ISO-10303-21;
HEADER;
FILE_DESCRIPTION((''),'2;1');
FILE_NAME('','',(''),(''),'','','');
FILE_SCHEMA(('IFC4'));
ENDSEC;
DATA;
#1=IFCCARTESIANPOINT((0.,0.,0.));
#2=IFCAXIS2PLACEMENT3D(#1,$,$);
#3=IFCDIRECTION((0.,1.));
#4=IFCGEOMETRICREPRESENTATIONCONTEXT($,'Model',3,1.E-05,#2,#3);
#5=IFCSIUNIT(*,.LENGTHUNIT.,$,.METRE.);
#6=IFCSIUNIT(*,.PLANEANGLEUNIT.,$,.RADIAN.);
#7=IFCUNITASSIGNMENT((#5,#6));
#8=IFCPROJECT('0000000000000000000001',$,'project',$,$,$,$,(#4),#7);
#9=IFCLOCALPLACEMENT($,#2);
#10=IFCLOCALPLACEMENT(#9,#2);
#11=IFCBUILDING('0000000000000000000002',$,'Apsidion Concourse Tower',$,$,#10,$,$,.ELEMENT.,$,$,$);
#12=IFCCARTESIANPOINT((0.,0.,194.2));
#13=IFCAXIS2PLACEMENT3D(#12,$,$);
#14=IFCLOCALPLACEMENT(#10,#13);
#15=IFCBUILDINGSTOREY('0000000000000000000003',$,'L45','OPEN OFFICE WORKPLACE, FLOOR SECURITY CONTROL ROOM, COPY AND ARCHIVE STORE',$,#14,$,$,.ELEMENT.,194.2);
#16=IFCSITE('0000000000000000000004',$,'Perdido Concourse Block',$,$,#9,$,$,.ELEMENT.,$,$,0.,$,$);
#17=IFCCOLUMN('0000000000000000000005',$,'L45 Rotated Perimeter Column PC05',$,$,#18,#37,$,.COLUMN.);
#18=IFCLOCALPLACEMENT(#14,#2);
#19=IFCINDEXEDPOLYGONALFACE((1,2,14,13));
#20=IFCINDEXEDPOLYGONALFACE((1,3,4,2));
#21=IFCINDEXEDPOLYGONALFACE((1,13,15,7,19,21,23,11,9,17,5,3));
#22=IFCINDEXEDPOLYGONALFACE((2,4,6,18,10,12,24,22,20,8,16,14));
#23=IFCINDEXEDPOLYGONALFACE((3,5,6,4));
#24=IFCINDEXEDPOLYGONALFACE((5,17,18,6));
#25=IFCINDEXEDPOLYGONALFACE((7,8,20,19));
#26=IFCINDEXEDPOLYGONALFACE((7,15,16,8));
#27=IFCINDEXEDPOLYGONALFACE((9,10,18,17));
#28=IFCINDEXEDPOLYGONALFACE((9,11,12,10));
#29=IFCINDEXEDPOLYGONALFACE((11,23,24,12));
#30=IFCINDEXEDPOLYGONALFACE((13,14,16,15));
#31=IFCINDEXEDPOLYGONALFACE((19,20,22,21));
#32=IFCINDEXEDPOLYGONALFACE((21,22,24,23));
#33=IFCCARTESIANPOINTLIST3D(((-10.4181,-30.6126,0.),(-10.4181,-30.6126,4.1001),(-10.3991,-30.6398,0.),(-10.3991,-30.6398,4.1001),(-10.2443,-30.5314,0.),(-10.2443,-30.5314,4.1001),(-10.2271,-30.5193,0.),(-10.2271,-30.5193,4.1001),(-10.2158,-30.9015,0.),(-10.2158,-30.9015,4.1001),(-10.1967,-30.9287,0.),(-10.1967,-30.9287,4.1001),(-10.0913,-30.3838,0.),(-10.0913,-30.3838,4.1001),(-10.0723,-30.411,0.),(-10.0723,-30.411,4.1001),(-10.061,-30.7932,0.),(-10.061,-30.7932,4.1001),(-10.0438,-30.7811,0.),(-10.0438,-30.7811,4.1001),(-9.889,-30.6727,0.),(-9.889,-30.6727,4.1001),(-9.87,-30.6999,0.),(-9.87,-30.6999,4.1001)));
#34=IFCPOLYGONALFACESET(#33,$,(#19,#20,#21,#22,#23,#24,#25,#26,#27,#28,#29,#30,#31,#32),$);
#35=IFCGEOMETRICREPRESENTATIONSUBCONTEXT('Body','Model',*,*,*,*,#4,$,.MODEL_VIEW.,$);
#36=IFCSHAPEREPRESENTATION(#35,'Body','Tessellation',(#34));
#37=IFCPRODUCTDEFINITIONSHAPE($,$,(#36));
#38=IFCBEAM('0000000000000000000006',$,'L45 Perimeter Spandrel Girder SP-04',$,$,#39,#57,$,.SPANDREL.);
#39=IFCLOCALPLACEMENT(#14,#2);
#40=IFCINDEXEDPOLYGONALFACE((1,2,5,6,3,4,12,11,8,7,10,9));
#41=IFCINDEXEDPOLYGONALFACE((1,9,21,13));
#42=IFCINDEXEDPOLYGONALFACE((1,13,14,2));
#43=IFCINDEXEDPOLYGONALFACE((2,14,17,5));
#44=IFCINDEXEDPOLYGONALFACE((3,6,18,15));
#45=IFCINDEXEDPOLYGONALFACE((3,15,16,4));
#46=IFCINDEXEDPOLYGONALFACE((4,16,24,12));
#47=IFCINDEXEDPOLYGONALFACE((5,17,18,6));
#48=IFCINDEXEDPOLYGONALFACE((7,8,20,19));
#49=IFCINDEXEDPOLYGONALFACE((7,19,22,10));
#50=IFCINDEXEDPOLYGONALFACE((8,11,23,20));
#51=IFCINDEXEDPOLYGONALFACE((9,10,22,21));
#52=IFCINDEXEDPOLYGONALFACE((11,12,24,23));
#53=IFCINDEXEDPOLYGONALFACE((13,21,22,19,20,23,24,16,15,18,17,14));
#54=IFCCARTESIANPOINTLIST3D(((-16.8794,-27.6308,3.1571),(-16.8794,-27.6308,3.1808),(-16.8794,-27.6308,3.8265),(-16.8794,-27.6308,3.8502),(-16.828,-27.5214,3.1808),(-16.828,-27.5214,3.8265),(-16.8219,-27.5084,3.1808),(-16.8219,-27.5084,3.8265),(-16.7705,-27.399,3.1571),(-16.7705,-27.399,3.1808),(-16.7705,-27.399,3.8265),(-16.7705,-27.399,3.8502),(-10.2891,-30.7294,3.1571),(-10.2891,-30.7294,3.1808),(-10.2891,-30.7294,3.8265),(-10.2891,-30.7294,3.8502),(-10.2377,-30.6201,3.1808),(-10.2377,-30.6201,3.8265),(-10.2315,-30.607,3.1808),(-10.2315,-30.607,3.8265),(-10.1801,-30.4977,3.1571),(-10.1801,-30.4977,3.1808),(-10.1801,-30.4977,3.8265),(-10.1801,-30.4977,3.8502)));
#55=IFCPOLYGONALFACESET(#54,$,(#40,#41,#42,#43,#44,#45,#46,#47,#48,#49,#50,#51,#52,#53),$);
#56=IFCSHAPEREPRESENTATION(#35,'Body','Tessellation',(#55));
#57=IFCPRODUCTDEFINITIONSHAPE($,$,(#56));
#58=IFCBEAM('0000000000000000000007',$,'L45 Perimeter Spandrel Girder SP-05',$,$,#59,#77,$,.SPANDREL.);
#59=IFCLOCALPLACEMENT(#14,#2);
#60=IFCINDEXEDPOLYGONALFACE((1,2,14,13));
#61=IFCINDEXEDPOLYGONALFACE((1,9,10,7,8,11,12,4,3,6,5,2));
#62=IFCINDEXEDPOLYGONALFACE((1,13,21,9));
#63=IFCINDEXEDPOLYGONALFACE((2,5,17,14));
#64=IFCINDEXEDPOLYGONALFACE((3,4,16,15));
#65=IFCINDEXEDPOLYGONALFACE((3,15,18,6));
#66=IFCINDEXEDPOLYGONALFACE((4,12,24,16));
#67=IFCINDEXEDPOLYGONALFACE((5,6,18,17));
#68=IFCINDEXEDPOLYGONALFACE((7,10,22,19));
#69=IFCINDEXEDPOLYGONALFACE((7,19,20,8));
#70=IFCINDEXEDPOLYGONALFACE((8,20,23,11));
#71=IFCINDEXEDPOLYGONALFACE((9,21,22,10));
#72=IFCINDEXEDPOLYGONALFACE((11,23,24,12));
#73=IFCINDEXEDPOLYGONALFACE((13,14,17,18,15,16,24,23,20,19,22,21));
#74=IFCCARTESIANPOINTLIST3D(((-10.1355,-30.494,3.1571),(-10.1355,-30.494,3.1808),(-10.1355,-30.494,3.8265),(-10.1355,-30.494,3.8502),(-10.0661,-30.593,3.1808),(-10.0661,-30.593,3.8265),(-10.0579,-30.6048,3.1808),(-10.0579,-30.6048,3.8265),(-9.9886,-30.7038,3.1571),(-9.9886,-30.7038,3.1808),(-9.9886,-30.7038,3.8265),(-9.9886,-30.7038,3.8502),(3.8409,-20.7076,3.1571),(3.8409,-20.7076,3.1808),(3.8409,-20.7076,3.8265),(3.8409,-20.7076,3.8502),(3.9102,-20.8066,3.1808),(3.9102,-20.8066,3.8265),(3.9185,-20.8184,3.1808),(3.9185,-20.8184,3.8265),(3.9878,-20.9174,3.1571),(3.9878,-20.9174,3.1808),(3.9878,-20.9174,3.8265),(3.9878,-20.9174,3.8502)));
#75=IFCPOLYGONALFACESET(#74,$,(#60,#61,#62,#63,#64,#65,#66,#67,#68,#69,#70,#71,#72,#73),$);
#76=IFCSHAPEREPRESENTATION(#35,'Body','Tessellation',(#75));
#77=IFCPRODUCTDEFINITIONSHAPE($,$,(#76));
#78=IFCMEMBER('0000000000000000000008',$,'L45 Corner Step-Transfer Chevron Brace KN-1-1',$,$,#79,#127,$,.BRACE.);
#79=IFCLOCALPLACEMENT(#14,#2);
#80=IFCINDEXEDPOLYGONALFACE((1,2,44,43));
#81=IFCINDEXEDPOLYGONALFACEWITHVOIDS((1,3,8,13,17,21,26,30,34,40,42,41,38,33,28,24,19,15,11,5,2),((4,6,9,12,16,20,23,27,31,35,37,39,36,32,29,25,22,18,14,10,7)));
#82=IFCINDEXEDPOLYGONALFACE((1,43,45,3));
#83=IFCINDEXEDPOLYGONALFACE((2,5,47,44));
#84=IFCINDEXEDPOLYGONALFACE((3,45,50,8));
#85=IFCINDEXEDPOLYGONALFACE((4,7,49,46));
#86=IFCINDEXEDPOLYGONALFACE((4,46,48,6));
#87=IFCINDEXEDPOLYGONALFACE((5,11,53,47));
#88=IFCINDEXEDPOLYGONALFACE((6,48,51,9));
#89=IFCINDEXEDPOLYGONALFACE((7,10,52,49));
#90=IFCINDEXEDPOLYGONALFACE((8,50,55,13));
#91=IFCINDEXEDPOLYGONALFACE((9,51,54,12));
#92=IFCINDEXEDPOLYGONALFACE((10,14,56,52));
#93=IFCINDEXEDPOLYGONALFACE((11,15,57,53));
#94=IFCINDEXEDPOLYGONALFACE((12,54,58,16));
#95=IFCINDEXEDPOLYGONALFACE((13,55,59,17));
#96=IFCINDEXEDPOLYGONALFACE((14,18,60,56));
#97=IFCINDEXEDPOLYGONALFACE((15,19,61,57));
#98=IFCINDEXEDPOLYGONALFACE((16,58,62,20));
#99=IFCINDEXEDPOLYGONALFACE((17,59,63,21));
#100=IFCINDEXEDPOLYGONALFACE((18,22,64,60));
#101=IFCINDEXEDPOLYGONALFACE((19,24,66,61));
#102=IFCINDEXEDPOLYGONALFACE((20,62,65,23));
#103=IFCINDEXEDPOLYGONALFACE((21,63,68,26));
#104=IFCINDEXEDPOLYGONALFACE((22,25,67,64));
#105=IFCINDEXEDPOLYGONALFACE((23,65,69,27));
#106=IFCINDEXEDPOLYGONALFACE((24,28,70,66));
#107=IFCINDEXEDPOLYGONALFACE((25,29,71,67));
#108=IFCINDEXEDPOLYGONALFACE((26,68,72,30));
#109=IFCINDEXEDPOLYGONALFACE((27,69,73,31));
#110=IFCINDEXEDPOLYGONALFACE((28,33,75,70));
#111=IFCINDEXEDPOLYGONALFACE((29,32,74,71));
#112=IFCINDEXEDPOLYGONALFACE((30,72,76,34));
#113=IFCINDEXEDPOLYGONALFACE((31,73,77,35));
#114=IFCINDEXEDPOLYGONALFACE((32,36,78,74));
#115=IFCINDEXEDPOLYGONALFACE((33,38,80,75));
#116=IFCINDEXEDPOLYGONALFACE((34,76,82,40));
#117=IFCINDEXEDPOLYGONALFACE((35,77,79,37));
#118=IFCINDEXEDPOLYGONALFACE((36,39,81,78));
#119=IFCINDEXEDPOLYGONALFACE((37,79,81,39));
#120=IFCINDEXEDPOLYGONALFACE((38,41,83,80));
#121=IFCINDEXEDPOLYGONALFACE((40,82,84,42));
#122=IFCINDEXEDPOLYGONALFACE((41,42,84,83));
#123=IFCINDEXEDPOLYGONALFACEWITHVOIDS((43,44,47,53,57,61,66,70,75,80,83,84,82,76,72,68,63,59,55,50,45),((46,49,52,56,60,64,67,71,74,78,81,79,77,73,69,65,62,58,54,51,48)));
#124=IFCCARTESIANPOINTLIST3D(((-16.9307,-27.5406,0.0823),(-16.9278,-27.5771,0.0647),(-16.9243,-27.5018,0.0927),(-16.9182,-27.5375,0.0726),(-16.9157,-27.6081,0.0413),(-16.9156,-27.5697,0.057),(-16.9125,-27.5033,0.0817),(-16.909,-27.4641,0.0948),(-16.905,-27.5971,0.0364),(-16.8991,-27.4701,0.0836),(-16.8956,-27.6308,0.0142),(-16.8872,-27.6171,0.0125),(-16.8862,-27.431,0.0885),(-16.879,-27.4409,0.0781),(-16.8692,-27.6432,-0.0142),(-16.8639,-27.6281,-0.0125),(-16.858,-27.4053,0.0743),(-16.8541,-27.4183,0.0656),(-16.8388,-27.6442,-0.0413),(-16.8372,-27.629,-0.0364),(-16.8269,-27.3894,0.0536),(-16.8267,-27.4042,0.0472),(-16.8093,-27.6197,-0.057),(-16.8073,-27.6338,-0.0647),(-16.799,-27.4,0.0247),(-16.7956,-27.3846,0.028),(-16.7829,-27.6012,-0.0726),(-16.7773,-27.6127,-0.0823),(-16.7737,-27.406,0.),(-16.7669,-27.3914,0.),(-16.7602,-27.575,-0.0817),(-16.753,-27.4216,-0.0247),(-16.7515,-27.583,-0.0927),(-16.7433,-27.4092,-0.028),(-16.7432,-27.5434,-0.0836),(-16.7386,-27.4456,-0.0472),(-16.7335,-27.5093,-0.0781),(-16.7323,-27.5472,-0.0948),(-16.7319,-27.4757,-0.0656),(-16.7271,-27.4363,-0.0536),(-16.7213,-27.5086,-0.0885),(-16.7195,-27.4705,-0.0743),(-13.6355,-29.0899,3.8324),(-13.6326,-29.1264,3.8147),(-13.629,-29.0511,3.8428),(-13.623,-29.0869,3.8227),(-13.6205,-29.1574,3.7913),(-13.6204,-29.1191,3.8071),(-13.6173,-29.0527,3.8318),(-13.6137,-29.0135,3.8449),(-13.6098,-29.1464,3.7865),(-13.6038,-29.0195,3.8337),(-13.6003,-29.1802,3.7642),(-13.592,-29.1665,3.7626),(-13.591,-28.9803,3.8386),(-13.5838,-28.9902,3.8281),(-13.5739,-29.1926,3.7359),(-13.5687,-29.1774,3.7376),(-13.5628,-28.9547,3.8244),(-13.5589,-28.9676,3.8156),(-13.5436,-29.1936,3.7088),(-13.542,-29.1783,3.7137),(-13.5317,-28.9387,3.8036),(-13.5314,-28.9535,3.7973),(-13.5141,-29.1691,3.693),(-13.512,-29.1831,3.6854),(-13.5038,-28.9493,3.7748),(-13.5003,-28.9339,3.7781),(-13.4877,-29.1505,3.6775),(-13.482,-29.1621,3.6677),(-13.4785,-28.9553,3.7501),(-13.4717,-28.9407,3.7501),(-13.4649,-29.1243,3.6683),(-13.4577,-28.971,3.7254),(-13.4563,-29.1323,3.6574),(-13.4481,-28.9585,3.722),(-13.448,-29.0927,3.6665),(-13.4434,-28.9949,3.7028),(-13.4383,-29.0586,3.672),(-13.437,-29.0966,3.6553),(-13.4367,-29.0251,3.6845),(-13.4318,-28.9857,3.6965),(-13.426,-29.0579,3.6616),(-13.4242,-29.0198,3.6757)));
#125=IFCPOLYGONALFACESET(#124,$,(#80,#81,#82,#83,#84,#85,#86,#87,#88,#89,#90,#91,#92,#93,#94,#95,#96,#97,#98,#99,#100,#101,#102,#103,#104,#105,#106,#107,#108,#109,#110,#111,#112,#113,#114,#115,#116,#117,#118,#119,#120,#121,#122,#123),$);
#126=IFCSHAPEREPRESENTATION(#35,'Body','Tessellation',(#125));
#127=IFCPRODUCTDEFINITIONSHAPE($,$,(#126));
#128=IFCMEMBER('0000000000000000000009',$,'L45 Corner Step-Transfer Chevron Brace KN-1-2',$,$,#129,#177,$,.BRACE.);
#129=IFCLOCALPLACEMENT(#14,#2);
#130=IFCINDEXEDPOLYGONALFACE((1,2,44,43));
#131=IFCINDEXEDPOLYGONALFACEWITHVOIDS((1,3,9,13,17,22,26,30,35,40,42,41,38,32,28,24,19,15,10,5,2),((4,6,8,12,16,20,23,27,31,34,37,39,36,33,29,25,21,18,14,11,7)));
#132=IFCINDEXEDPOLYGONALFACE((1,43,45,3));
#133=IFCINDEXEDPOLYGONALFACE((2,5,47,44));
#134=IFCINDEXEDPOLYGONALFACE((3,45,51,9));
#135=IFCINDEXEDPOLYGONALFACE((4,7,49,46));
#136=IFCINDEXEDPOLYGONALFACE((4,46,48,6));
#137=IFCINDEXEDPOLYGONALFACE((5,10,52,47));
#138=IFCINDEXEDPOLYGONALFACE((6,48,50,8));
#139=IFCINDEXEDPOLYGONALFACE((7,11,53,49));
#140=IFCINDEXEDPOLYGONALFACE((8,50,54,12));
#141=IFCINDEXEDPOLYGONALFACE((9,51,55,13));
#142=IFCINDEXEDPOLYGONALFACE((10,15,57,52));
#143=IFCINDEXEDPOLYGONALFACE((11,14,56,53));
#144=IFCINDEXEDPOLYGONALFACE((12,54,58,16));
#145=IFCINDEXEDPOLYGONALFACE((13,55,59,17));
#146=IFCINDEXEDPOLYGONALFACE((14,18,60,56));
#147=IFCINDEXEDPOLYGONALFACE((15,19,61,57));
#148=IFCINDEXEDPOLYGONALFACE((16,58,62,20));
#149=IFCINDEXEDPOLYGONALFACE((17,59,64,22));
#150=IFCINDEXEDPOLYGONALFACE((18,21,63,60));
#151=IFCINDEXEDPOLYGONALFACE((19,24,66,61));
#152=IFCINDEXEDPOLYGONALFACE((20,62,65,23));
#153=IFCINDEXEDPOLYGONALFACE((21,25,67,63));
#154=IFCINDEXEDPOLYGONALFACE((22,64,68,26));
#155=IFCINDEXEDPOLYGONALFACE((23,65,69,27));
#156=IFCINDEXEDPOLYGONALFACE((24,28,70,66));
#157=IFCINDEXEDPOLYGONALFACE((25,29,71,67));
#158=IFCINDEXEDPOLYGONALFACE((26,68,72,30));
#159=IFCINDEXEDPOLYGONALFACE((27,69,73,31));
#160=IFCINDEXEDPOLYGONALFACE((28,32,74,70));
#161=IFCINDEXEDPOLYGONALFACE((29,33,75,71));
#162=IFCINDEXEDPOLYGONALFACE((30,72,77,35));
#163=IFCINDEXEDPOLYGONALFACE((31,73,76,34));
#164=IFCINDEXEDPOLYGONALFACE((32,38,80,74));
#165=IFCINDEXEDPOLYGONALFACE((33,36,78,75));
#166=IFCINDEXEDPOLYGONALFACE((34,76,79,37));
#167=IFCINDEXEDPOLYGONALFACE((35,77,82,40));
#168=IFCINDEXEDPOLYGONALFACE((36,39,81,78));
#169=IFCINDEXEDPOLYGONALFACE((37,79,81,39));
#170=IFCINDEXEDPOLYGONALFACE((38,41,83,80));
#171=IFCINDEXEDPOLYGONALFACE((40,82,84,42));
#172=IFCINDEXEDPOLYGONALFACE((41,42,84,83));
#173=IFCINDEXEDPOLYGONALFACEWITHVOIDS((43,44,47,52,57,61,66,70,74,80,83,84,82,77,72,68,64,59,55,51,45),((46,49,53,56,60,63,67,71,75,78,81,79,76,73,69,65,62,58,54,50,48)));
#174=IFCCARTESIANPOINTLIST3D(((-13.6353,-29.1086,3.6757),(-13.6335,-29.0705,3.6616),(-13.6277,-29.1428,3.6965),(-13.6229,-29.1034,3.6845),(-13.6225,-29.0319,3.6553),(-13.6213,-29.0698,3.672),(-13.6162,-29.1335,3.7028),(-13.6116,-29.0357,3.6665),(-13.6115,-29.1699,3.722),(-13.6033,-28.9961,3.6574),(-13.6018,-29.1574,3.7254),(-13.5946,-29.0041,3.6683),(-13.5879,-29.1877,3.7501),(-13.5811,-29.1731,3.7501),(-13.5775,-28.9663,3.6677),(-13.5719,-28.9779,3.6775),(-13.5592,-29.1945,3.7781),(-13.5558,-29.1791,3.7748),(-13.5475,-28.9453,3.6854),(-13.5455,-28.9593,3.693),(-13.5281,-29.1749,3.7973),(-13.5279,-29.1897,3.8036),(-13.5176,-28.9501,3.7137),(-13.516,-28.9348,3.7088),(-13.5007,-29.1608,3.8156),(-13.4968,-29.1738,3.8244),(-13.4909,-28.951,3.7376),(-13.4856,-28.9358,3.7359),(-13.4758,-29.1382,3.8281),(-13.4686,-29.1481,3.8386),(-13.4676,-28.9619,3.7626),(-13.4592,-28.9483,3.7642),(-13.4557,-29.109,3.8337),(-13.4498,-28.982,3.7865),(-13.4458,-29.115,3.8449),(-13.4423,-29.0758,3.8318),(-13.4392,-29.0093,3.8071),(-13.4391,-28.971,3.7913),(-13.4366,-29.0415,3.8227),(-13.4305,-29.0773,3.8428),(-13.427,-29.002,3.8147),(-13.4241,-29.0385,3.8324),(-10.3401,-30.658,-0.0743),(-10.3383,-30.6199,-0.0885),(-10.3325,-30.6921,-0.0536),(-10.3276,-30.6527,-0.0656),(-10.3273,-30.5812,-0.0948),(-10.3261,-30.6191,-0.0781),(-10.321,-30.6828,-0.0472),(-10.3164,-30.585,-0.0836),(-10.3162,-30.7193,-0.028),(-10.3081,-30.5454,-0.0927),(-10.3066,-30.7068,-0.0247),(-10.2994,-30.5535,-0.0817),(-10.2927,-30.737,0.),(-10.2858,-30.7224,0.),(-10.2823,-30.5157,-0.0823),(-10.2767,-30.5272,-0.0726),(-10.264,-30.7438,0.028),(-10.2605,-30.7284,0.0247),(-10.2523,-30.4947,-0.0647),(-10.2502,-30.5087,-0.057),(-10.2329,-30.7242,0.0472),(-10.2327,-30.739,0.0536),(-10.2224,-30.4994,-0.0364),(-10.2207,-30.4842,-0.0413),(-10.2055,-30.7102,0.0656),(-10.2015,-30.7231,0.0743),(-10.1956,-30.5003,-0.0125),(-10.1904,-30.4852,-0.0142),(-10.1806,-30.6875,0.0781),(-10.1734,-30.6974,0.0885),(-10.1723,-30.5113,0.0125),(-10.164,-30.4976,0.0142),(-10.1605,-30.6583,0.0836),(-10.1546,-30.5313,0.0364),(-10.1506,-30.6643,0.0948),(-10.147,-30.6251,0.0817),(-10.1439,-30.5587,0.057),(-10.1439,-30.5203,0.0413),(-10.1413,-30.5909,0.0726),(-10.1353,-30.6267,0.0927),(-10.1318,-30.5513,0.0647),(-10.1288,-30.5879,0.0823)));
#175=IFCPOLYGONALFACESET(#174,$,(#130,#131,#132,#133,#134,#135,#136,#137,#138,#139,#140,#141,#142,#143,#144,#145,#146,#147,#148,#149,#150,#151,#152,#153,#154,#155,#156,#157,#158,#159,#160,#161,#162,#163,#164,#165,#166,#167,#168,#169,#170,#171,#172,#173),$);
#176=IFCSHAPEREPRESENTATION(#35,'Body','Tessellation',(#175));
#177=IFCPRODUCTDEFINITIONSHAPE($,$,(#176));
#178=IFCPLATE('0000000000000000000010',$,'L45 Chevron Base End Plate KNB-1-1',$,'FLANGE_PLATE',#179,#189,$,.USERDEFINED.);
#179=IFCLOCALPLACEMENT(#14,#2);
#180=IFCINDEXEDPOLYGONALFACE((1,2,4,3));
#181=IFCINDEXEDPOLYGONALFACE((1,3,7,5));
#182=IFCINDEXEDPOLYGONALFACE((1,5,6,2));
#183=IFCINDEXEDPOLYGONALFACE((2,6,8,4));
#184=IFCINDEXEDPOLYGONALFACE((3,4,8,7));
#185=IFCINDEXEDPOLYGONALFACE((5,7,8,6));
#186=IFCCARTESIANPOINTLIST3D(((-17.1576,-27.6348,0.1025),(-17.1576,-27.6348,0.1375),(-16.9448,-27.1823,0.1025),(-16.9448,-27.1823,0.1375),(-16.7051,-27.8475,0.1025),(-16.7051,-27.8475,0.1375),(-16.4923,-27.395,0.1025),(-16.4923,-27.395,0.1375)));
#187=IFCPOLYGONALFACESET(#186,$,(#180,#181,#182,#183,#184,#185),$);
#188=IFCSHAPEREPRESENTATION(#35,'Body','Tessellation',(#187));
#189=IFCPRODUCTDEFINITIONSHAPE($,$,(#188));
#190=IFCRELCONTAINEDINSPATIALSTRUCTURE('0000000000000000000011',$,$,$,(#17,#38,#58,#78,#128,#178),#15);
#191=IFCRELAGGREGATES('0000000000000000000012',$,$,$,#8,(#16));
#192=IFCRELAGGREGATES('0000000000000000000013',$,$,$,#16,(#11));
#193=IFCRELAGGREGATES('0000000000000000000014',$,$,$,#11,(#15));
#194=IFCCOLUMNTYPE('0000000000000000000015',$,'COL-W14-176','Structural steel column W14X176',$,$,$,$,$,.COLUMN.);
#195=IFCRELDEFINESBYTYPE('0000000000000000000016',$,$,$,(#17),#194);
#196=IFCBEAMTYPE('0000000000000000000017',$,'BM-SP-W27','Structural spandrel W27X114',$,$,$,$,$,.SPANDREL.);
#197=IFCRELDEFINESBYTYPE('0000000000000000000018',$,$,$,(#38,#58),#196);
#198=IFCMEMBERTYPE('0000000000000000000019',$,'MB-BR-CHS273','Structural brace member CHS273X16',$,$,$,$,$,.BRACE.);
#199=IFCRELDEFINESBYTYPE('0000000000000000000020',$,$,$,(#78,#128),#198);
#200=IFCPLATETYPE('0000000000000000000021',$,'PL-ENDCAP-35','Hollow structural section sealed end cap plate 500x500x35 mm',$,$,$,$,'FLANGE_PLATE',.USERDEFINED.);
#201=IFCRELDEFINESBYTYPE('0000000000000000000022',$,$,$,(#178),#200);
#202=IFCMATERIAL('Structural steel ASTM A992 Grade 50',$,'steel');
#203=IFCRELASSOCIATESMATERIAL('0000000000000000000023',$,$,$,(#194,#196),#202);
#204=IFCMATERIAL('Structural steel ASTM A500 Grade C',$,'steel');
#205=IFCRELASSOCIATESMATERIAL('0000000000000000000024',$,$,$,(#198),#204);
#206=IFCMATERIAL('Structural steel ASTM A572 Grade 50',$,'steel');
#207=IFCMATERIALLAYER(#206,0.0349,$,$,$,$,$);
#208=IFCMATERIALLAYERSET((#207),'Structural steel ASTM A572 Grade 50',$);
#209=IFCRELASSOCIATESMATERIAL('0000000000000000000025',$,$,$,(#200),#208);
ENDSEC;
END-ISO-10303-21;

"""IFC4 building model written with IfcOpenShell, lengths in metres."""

from ifc_helpers import new_model, si_unit, direction, frame, origin, origin_2d, place, context, subcontext, project, spatial, rectangle, hollow_circle, i_section, extrude, material, layer, layer_set, material_profile, profile_set, type_object, element, save


model = new_model("IFC4")

# Units and contexts
model_context = context("Model", 3, precision=1e-05, world=origin(), true_north=direction((0.0, 1.0)))
body_context = subcontext(model_context, "Body", "Model", "MODEL_VIEW")
ifc_project = project(units=[si_unit("LENGTHUNIT", "METRE"), si_unit("PLANEANGLEUNIT", "RADIAN")], contexts=[model_context])

# Site, building, storey
site_placement = place(None, origin())
site = spatial("IfcSite", under=ifc_project, at=site_placement, Name="Perdido Concourse Block", CompositionType="ELEMENT", RefElevation=0.0)
building_placement = place(site_placement, origin())
building = spatial("IfcBuilding", under=site, at=building_placement, Name="Apsidion Concourse Tower", CompositionType="ELEMENT")
storey_placement = place(building_placement, frame((0.0, 0.0, 194.2)))
storey = spatial("IfcBuildingStorey", under=building, at=storey_placement, Name="L45", Description="OPEN OFFICE WORKPLACE, FLOOR SECURITY CONTROL ROOM, COPY AND ARCHIVE STORE", CompositionType="ELEMENT", Elevation=194.2)

# Column
ifc_material_1 = material(Name="Structural steel ASTM A992 Grade 50", Category="steel")
ifc_material_profile_1 = material_profile(ifc_material_1, i_section(OverallWidth=0.3989, OverallDepth=0.386, WebThickness=0.021, FlangeThickness=0.0332, at=origin_2d()), Name="W14X176")
ifc_profile_set_1 = profile_set([ifc_material_profile_1], Name="Structural steel ASTM A992 Grade 50")
column_type = type_object("IfcColumnType", Name="COL-W14-176", Description="Structural steel column W14X176", PredefinedType="COLUMN", material=ifc_profile_set_1)
column_placement = place(storey_placement, frame((-10.144, -30.6562, 0.0), z_axis=(0.0, 0.0, 1.0), x_axis=(0.819152, 0.573576, 0.0)))
element("IfcColumn", 1, at=column_placement, inside=storey, type_object=column_type, Name="L45 Rotated Perimeter Column PC05", PredefinedType="COLUMN", context=body_context, shape_type="SweptSolid", body=[
    extrude(i_section(OverallWidth=0.3989, OverallDepth=0.386, WebThickness=0.021, FlangeThickness=0.0332, at=origin_2d()), origin(), (0.0, 0.0, 1.0), 4.1001),
])

# Beams
ifc_material_profile_2 = material_profile(ifc_material_1, i_section(OverallWidth=0.2561, OverallDepth=0.6931, WebThickness=0.0144, FlangeThickness=0.0237, at=origin_2d()), Name="W27X114")
ifc_profile_set_2 = profile_set([ifc_material_profile_2], Name="Structural steel ASTM A992 Grade 50")
beam_type = type_object("IfcBeamType", Name="BM-SP-W27", Description="Structural spandrel W27X114", PredefinedType="SPANDREL", material=ifc_profile_set_2)
beam_1_placement = place(storey_placement, frame((-16.825, -27.5149, 3.5037), z_axis=(0.904961, -0.425493, 0.0), x_axis=(0.425493, 0.904961, 0.0)))
element("IfcBeam", 2, at=beam_1_placement, inside=storey, type_object=beam_type, Name="L45 Perimeter Spandrel Girder SP-04", PredefinedType="SPANDREL", context=body_context, shape_type="SweptSolid", body=[
    extrude(i_section(OverallWidth=0.2561, OverallDepth=0.6931, WebThickness=0.0144, FlangeThickness=0.0237, at=origin_2d()), origin(), (0.0, 0.0, 1.0), 7.2825),
])
beam_2_placement = place(storey_placement, frame((-10.062, -30.5989, 3.5037), z_axis=(0.819151, 0.573579, 0.0), x_axis=(-0.573579, 0.819151, 0.0)))
element("IfcBeam", 3, at=beam_2_placement, inside=storey, type_object=beam_type, Name="L45 Perimeter Spandrel Girder SP-05", PredefinedType="SPANDREL", context=body_context, shape_type="SweptSolid", body=[
    extrude(i_section(OverallWidth=0.2561, OverallDepth=0.6931, WebThickness=0.0144, FlangeThickness=0.0237, at=origin_2d()), origin(), (0.0, 0.0, 1.0), 17.062),
])

# Members
ifc_material_2 = material(Name="Structural steel ASTM A500 Grade C", Category="steel")
ifc_material_profile_3 = material_profile(ifc_material_2, hollow_circle(Radius=0.1365, WallThickness=0.0161, at=origin_2d()), Name="CHS273X16")
ifc_profile_set_3 = profile_set([ifc_material_profile_3], Name="Structural steel ASTM A500 Grade C")
member_type = type_object("IfcMemberType", Name="MB-BR-CHS273", Description="Structural brace member CHS273X16", PredefinedType="BRACE", material=ifc_profile_set_3)
for number, where, z_axis, x_axis, name in (
    (4, (-16.825, -27.5149, 0.0), (0.630419, -0.296409, 0.717436), (0.425493, 0.904961, 0.0), "L45 Corner Step-Transfer Chevron Brace KN-1-1"),
    (5, (-10.2346, -30.6135, 0.0), (-0.630419, 0.296409, 0.717436), (-0.425493, -0.904961, 0.0), "L45 Corner Step-Transfer Chevron Brace KN-1-2"),
):
    element("IfcMember", number, at=place(storey_placement, frame(where, z_axis=z_axis, x_axis=x_axis)), inside=storey, type_object=member_type, Name=name, PredefinedType="BRACE", context=body_context, shape_type="SweptSolid", body=[
        extrude(hollow_circle(Radius=0.1365, WallThickness=0.0161, at=origin_2d()), origin(), (0.0, 0.0, 1.0), 5.2271),
    ])

# Plate
ifc_material_3 = material(Name="Structural steel ASTM A572 Grade 50", Category="steel")
ifc_layer_1 = layer(ifc_material_3, 0.0349)
ifc_layer_set_1 = layer_set([ifc_layer_1], Name="Structural steel ASTM A572 Grade 50")
plate_type_1 = type_object("IfcPlateType", Name="PL-ENDCAP-35", Description="Hollow structural section sealed end cap plate 500x500x35 mm", ElementType="FLANGE_PLATE", PredefinedType="USERDEFINED", material=ifc_layer_set_1)
for number, where, z_axis, x_axis, name in (
    (6, (-16.825, -27.5149, 0.1025), (0.0, 0.0, 1.0), (-0.904976, 0.425463, 0.0), "L45 Chevron Base End Plate KNB-1-1"),
):
    element("IfcPlate", number, at=place(storey_placement, frame(where, z_axis=z_axis, x_axis=x_axis)), inside=storey, type_object=plate_type_1, Name=name, ObjectType="FLANGE_PLATE", PredefinedType="USERDEFINED", context=body_context, shape_type="SweptSolid", body=[
        extrude(rectangle(XDim=0.5, YDim=0.5, at=origin_2d()), origin(), (0.0, 0.0, 1.0), 0.0349),
    ])

save(model, "model.ifc")
